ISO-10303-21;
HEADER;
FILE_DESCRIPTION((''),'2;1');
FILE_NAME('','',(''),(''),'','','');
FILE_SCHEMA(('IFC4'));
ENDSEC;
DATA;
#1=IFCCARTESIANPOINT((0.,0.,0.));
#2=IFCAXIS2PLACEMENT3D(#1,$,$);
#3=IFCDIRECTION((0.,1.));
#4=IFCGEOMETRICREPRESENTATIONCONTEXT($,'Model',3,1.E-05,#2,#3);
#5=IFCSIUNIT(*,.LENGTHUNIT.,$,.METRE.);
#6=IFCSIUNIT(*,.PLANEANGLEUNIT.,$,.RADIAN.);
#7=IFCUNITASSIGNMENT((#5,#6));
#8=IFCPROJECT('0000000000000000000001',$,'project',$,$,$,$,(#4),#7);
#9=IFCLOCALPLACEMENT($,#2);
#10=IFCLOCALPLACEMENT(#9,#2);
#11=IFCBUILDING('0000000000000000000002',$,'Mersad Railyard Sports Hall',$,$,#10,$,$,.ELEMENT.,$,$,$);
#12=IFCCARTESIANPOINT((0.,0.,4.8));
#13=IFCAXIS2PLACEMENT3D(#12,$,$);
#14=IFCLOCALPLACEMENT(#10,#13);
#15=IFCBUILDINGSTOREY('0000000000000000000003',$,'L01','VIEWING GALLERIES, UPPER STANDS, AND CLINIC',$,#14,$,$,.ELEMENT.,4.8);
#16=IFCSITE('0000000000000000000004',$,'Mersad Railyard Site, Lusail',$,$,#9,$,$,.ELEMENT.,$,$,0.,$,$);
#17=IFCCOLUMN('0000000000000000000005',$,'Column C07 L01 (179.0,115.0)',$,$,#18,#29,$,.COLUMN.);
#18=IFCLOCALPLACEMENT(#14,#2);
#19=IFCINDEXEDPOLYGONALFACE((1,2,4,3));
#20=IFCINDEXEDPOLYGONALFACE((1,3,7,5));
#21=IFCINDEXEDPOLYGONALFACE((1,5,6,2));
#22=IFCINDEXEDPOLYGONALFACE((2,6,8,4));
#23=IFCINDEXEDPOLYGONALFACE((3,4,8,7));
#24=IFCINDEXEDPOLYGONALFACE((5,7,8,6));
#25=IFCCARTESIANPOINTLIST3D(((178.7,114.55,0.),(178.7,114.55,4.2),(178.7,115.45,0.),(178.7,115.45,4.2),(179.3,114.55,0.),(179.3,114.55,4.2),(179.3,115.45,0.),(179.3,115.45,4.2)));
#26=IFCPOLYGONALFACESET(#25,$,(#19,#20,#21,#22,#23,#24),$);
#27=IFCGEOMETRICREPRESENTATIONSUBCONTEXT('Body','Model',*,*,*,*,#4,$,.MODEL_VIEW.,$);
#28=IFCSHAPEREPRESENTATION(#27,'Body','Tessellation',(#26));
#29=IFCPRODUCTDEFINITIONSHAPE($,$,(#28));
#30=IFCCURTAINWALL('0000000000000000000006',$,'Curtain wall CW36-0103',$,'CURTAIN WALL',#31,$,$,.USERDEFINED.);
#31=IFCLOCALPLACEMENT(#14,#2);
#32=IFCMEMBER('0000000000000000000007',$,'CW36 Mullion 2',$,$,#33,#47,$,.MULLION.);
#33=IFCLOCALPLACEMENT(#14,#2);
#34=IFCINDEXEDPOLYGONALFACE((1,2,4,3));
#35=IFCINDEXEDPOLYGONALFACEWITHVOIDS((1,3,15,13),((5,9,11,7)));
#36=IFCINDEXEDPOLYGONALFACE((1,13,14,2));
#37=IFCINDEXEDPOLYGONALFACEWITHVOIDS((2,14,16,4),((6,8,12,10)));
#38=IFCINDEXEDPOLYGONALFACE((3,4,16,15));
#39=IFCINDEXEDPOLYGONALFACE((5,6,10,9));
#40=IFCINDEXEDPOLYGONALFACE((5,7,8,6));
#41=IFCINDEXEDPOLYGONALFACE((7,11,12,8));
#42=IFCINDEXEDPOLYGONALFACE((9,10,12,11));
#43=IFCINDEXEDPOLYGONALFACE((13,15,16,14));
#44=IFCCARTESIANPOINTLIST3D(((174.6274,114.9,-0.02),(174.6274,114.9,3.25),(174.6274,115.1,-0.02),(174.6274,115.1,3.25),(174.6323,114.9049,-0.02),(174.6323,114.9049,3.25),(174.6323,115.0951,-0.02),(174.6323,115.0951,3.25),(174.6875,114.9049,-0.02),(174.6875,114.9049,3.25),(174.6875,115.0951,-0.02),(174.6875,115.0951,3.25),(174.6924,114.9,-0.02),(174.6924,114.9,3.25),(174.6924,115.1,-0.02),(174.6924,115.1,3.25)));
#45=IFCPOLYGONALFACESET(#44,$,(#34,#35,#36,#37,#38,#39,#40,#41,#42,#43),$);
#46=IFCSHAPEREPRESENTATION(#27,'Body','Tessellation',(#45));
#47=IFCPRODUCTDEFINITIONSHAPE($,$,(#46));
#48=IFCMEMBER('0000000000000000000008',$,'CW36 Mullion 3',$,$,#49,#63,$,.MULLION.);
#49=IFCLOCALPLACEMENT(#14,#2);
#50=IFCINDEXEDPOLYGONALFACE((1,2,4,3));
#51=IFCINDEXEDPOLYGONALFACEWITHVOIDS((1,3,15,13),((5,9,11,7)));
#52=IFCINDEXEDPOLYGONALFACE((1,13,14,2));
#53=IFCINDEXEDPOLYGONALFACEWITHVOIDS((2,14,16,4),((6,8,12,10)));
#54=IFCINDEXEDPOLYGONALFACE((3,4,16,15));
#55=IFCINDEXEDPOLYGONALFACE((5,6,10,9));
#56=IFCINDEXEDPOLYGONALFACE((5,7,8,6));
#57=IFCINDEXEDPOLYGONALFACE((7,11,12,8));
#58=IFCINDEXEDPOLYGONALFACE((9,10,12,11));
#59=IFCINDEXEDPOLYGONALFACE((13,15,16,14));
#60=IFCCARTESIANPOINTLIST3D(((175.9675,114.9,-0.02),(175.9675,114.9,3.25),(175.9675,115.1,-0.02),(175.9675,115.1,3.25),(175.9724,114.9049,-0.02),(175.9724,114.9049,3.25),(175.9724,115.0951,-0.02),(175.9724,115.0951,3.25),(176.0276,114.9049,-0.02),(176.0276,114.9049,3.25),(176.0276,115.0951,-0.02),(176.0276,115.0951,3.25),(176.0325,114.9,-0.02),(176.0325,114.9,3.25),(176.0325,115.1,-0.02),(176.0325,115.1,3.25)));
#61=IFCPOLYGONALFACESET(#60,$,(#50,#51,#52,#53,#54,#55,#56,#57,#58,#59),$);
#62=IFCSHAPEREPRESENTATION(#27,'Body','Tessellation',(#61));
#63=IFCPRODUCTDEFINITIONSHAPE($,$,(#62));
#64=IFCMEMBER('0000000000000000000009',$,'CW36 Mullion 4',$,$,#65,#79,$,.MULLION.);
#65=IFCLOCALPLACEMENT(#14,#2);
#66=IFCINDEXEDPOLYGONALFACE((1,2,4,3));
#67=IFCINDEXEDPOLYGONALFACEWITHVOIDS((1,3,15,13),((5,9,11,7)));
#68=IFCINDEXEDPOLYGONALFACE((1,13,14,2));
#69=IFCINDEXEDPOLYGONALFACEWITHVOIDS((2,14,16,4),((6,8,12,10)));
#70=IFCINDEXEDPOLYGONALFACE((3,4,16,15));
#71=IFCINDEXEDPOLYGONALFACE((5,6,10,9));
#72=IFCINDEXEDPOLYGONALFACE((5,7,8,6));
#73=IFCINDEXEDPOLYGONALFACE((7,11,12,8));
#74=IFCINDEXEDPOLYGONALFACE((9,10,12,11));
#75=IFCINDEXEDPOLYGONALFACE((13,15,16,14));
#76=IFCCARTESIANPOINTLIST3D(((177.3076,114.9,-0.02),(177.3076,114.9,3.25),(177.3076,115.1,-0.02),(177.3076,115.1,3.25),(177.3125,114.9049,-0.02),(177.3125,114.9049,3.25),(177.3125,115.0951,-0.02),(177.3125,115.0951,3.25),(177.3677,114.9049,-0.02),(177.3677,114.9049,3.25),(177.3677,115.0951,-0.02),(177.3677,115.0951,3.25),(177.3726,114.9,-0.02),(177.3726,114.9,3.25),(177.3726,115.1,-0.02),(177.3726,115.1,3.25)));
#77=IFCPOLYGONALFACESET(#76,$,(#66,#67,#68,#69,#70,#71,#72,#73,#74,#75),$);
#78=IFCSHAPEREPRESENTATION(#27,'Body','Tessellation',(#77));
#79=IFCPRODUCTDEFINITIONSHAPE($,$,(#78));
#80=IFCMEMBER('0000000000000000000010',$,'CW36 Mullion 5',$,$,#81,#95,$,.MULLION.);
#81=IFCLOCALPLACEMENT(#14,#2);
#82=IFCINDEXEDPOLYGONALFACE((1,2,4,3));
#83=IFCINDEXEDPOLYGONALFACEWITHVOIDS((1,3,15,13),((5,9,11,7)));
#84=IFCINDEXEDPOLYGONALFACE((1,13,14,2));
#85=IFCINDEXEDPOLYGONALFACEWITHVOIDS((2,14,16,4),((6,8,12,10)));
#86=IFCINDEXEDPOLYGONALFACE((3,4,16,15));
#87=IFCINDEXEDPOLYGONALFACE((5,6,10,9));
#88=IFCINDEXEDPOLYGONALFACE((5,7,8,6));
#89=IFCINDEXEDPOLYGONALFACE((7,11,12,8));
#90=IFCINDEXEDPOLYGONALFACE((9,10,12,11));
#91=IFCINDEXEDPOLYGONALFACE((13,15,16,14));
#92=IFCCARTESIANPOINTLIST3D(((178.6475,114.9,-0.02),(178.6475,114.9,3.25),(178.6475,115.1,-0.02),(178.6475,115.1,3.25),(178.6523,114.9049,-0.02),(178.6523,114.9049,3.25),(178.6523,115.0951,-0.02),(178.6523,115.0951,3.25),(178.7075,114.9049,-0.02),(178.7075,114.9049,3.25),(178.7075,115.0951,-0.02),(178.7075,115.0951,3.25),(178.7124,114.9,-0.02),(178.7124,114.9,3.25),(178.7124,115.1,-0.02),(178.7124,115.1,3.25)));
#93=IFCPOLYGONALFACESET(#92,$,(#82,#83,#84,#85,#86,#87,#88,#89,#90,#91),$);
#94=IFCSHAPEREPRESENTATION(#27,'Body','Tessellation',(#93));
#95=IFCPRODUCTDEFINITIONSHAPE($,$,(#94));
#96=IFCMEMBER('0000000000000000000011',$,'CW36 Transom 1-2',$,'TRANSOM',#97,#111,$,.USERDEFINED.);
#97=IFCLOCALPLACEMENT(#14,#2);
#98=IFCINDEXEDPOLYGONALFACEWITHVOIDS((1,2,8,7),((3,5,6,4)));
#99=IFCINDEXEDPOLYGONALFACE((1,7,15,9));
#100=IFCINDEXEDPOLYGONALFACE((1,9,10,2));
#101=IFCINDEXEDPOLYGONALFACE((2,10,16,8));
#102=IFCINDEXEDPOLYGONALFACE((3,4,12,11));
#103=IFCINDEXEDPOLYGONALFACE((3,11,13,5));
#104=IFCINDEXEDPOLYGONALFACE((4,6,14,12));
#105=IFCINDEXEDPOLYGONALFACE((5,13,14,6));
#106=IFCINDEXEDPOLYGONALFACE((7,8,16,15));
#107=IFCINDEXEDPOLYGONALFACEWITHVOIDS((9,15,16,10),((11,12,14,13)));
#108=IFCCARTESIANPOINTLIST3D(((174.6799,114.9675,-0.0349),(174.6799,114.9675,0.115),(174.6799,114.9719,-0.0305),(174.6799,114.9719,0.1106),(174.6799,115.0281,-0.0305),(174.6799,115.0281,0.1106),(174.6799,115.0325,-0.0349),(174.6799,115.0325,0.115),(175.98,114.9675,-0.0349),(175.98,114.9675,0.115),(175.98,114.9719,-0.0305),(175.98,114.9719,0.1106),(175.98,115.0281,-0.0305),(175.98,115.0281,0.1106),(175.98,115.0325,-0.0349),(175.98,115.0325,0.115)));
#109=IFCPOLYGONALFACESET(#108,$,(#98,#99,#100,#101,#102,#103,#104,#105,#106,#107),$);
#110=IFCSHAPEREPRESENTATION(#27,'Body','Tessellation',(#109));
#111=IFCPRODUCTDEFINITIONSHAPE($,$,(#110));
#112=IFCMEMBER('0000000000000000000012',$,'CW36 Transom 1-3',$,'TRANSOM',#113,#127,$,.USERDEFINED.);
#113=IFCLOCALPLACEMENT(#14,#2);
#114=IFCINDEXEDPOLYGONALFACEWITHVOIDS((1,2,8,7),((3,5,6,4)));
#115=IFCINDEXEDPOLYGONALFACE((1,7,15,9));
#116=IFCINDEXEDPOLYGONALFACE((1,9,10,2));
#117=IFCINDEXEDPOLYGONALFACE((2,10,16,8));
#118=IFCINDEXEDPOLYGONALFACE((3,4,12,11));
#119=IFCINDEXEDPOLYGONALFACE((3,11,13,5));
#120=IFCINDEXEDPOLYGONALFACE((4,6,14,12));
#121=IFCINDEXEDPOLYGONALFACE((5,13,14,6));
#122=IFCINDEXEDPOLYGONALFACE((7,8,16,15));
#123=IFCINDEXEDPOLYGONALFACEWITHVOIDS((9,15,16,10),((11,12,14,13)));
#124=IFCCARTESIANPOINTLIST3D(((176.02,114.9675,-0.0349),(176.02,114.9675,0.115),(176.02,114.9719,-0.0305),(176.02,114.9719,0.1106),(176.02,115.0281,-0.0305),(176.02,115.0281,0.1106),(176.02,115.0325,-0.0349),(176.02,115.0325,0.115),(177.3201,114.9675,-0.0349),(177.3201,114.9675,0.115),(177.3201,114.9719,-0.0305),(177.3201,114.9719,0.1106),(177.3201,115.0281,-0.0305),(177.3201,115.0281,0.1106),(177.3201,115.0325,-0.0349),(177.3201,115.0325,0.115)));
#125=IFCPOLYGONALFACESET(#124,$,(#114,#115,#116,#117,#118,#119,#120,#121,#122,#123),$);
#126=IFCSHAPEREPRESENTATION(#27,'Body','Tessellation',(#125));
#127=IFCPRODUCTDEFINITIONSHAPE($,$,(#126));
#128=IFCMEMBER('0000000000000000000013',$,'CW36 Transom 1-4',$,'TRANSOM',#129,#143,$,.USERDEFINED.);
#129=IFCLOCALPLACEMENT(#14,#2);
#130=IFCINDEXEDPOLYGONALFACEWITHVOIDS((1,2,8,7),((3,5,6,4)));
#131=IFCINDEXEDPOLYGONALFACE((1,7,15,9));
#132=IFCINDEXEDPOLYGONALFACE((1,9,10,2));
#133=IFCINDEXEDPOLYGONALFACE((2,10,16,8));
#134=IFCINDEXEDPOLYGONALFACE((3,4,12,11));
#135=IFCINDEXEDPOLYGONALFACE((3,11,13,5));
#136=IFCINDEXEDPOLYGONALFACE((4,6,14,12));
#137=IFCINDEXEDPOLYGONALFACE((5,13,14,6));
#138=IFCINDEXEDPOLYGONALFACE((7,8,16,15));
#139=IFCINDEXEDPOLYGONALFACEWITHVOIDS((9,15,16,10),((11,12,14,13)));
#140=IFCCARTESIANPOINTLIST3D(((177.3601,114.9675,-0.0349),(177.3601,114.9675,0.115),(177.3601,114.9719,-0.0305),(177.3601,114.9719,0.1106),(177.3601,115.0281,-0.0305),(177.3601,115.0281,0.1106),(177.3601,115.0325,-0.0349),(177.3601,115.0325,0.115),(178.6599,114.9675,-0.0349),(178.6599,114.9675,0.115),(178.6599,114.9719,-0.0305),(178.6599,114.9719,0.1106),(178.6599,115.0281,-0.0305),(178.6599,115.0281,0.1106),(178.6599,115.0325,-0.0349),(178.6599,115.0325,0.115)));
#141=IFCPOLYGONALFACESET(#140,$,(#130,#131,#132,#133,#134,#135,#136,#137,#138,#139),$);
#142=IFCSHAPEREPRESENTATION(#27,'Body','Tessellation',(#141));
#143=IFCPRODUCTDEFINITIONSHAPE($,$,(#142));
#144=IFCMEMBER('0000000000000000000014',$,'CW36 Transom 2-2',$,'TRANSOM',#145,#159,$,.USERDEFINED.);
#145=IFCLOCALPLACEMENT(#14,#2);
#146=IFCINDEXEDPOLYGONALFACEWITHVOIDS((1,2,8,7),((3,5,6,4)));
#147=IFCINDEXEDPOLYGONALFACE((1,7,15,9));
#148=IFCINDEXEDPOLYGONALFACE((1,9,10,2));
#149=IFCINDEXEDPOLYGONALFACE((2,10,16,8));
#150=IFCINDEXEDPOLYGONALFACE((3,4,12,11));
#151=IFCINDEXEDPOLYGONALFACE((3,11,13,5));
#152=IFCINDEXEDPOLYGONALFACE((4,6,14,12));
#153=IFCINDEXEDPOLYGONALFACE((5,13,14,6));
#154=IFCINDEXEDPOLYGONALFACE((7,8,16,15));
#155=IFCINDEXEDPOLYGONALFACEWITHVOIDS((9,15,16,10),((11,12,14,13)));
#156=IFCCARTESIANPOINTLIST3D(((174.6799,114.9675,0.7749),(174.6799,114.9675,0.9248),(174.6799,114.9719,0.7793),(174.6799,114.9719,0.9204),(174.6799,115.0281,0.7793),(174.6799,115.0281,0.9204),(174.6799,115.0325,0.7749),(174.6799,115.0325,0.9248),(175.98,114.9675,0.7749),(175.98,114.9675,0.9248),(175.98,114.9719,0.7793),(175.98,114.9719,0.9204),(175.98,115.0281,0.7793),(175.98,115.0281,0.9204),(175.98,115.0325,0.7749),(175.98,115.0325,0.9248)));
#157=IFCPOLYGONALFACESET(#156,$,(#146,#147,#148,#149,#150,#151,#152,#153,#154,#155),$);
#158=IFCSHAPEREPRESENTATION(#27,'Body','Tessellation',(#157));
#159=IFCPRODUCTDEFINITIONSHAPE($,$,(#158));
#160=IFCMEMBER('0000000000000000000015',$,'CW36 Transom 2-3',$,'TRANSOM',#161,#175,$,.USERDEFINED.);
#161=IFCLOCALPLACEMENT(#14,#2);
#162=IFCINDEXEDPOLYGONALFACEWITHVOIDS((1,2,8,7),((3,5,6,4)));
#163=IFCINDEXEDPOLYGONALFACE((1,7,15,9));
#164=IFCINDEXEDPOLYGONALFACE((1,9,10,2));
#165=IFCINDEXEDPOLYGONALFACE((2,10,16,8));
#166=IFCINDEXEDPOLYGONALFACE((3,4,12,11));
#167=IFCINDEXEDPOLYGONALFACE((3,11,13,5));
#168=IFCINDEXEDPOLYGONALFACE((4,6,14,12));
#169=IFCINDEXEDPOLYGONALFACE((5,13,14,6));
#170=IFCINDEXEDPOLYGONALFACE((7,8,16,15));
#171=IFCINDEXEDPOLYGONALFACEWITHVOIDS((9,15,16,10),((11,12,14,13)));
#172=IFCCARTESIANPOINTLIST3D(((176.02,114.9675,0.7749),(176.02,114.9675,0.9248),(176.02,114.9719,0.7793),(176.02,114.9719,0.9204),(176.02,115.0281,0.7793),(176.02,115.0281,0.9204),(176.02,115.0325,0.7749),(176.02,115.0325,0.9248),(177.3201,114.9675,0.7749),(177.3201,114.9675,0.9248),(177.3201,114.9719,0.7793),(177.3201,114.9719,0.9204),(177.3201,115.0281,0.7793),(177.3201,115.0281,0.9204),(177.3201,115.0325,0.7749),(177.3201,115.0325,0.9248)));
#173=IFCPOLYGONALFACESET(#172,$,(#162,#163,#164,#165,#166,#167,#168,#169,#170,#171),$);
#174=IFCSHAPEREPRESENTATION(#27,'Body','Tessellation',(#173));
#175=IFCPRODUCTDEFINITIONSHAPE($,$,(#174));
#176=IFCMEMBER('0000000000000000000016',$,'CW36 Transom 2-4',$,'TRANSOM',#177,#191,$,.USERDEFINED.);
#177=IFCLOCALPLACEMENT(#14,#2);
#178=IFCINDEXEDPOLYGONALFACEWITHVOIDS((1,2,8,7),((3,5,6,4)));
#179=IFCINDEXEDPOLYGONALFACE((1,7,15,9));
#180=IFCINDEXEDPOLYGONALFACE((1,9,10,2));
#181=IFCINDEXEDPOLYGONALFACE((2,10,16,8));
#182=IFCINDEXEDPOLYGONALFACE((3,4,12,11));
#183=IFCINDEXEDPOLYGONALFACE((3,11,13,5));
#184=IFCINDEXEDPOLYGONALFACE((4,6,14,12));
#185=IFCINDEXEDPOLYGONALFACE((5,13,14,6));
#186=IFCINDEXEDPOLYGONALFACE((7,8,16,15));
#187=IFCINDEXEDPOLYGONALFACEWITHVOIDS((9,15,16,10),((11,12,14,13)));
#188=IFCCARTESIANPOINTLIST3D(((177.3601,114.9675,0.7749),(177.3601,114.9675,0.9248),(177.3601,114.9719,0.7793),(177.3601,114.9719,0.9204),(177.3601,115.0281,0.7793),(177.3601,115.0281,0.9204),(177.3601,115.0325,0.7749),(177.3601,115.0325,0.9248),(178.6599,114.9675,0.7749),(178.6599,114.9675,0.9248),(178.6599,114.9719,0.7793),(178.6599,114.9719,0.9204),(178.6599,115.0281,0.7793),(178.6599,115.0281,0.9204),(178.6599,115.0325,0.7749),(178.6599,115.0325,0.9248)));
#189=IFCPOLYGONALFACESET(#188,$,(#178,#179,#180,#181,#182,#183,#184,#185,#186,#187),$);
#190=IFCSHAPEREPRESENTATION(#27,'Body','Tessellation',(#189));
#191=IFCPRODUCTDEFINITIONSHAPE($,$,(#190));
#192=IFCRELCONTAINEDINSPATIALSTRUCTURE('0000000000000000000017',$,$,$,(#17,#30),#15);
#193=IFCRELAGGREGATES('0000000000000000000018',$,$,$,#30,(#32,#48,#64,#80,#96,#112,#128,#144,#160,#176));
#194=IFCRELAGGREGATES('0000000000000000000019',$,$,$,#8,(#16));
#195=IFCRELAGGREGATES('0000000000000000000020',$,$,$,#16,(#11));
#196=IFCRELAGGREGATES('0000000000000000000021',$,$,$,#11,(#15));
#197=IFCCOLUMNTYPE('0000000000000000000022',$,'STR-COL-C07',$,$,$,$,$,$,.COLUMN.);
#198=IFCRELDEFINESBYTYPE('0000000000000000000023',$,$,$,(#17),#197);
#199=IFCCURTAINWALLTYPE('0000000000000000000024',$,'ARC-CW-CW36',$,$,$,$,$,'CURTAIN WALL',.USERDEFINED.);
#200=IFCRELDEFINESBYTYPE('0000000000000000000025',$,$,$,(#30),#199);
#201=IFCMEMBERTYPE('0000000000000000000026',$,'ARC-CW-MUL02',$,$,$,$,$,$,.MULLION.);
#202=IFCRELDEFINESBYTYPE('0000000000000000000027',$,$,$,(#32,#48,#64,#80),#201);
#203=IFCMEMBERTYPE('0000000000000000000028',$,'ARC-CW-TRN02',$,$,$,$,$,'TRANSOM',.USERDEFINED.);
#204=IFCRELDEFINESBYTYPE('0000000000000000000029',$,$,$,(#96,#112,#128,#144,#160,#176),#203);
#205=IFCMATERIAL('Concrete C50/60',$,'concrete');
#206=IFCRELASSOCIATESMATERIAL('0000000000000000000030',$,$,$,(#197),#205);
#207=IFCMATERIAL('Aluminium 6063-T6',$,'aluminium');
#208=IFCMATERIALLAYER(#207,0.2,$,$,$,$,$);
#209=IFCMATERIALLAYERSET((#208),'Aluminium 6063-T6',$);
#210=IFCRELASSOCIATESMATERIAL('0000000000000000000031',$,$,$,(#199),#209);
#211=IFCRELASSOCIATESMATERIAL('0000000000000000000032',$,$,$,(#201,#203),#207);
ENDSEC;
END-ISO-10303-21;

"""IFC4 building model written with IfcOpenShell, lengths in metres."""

from ifc_helpers import new_model, si_unit, direction, frame, origin, origin_2d, place, context, subcontext, project, spatial, rectangle, hollow_rectangle, extrude, material, layer, layer_set, material_profile, profile_set, type_object, element, aggregate, save


model = new_model("IFC4")

# Units and contexts
model_context = context("Model", 3, precision=1e-05, world=origin(), true_north=direction((0.0, 1.0)))
body_context = subcontext(model_context, "Body", "Model", "MODEL_VIEW")
ifc_project = project(units=[si_unit("LENGTHUNIT", "METRE"), si_unit("PLANEANGLEUNIT", "RADIAN")], contexts=[model_context])

# Site, building, storey
site_placement = place(None, origin())
site = spatial("IfcSite", under=ifc_project, at=site_placement, Name="Mersad Railyard Site, Lusail", CompositionType="ELEMENT", RefElevation=0.0)
building_placement = place(site_placement, origin())
building = spatial("IfcBuilding", under=site, at=building_placement, Name="Mersad Railyard Sports Hall", CompositionType="ELEMENT")
storey_placement = place(building_placement, frame((0.0, 0.0, 4.8)))
storey = spatial("IfcBuildingStorey", under=building, at=storey_placement, Name="L01", Description="VIEWING GALLERIES, UPPER STANDS, AND CLINIC", CompositionType="ELEMENT", Elevation=4.8)

# Column
ifc_material_1 = material(Name="Concrete C50/60", Category="concrete")
ifc_material_profile_1 = material_profile(ifc_material_1, rectangle(XDim=0.6001, YDim=0.8999, at=origin_2d()), Name="RC 600x900")
ifc_profile_set_1 = profile_set([ifc_material_profile_1], Name="Concrete C50/60")
column_type = type_object("IfcColumnType", Name="STR-COL-C07", PredefinedType="COLUMN", material=ifc_profile_set_1)
column_placement = place(storey_placement, frame((179.0, 115.0, 0.0), z_axis=(0.0, 0.0, 1.0), x_axis=(1.0, 0.0, 0.0)))
element("IfcColumn", 1, at=column_placement, inside=storey, type_object=column_type, Name="Column C07 L01 (179.0,115.0)", PredefinedType="COLUMN", context=body_context, shape_type="SweptSolid", body=[
    extrude(rectangle(XDim=0.6001, YDim=0.8999, at=origin_2d()), origin(), (0.0, 0.0, 1.0), 4.2),
])

# Curtain wall, members
ifc_material_2 = material(Name="Aluminium 6063-T6", Category="aluminium")
ifc_layer_1 = layer(ifc_material_2, 0.2)
ifc_layer_set_1 = layer_set([ifc_layer_1], Name="Aluminium 6063-T6")
curtain_wall_type = type_object("IfcCurtainWallType", Name="ARC-CW-CW36", ElementType="CURTAIN WALL", PredefinedType="USERDEFINED", material=ifc_layer_set_1)
curtain_wall_placement = place(storey_placement, origin())
curtain_wall = element("IfcCurtainWall", 2, at=curtain_wall_placement, inside=storey, type_object=curtain_wall_type, Name="Curtain wall CW36-0103", ObjectType="CURTAIN WALL", PredefinedType="USERDEFINED")
ifc_material_profile_2 = material_profile(ifc_material_2, hollow_rectangle(XDim=0.0649, YDim=0.2, WallThickness=0.0049, at=origin_2d()), Name="AL MULLION 65x200x5")
ifc_profile_set_2 = profile_set([ifc_material_profile_2], Name="Aluminium 6063-T6")
member_type_1 = type_object("IfcMemberType", Name="ARC-CW-MUL02", PredefinedType="MULLION", material=ifc_profile_set_2)
member_1_placement = place(storey_placement, frame((174.6599, 115.0, -0.02), z_axis=(0.0, 0.0, 1.0), x_axis=(1.0, 0.0, 0.0)))
member_1 = element("IfcMember", 3, at=member_1_placement, type_object=member_type_1, Name="CW36 Mullion 2", PredefinedType="MULLION", context=body_context, shape_type="SweptSolid", body=[
    extrude(hollow_rectangle(XDim=0.0649, YDim=0.2, WallThickness=0.0049, at=origin_2d()), origin(), (0.0, 0.0, 1.0), 3.27),
])
member_2_placement = place(storey_placement, frame((176.0, 115.0, -0.02), z_axis=(0.0, 0.0, 1.0), x_axis=(1.0, 0.0, 0.0)))
member_2 = element("IfcMember", 4, at=member_2_placement, type_object=member_type_1, Name="CW36 Mullion 3", PredefinedType="MULLION", context=body_context, shape_type="SweptSolid", body=[
    extrude(hollow_rectangle(XDim=0.0649, YDim=0.2, WallThickness=0.0049, at=origin_2d()), origin(), (0.0, 0.0, 1.0), 3.27),
])
member_3_placement = place(storey_placement, frame((177.3401, 115.0, -0.02), z_axis=(0.0, 0.0, 1.0), x_axis=(1.0, 0.0, 0.0)))
member_3 = element("IfcMember", 5, at=member_3_placement, type_object=member_type_1, Name="CW36 Mullion 4", PredefinedType="MULLION", context=body_context, shape_type="SweptSolid", body=[
    extrude(hollow_rectangle(XDim=0.0649, YDim=0.2, WallThickness=0.0049, at=origin_2d()), origin(), (0.0, 0.0, 1.0), 3.27),
])
member_4_placement = place(storey_placement, frame((178.6799, 115.0, -0.02), z_axis=(0.0, 0.0, 1.0), x_axis=(1.0, 0.0, 0.0)))
member_4 = element("IfcMember", 6, at=member_4_placement, type_object=member_type_1, Name="CW36 Mullion 5", PredefinedType="MULLION", context=body_context, shape_type="SweptSolid", body=[
    extrude(hollow_rectangle(XDim=0.0649, YDim=0.2, WallThickness=0.0049, at=origin_2d()), origin(), (0.0, 0.0, 1.0), 3.27),
])
ifc_material_profile_3 = material_profile(ifc_material_2, hollow_rectangle(XDim=0.0649, YDim=0.1499, WallThickness=0.0044, at=origin_2d()), Name="AL TRANSOM 65x150x4.5")
ifc_profile_set_3 = profile_set([ifc_material_profile_3], Name="Aluminium 6063-T6")
member_type_2 = type_object("IfcMemberType", Name="ARC-CW-TRN02", ElementType="TRANSOM", PredefinedType="USERDEFINED", material=ifc_profile_set_3)
member_5_placement = place(storey_placement, frame((174.6799, 115.0, 0.04), z_axis=(1.0, 0.0, 0.0), x_axis=(0.0, 1.0, 0.0)))
member_5 = element("IfcMember", 7, at=member_5_placement, type_object=member_type_2, Name="CW36 Transom 1-2", ObjectType="TRANSOM", PredefinedType="USERDEFINED", context=body_context, shape_type="SweptSolid", body=[
    extrude(hollow_rectangle(XDim=0.0649, YDim=0.1499, WallThickness=0.0044, at=origin_2d()), origin(), (0.0, 0.0, 1.0), 1.3),
])
member_6_placement = place(storey_placement, frame((176.02, 115.0, 0.04), z_axis=(1.0, 0.0, 0.0), x_axis=(0.0, 1.0, 0.0)))
member_6 = element("IfcMember", 8, at=member_6_placement, type_object=member_type_2, Name="CW36 Transom 1-3", ObjectType="TRANSOM", PredefinedType="USERDEFINED", context=body_context, shape_type="SweptSolid", body=[
    extrude(hollow_rectangle(XDim=0.0649, YDim=0.1499, WallThickness=0.0044, at=origin_2d()), origin(), (0.0, 0.0, 1.0), 1.3),
])
member_7_placement = place(storey_placement, frame((177.3601, 115.0, 0.04), z_axis=(1.0, 0.0, 0.0), x_axis=(0.0, 1.0, 0.0)))
member_7 = element("IfcMember", 9, at=member_7_placement, type_object=member_type_2, Name="CW36 Transom 1-4", ObjectType="TRANSOM", PredefinedType="USERDEFINED", context=body_context, shape_type="SweptSolid", body=[
    extrude(hollow_rectangle(XDim=0.0649, YDim=0.1499, WallThickness=0.0044, at=origin_2d()), origin(), (0.0, 0.0, 1.0), 1.2998),
])
member_8_placement = place(storey_placement, frame((174.6799, 115.0, 0.8499), z_axis=(1.0, 0.0, 0.0), x_axis=(0.0, 1.0, 0.0)))
member_8 = element("IfcMember", 10, at=member_8_placement, type_object=member_type_2, Name="CW36 Transom 2-2", ObjectType="TRANSOM", PredefinedType="USERDEFINED", context=body_context, shape_type="SweptSolid", body=[
    extrude(hollow_rectangle(XDim=0.0649, YDim=0.1499, WallThickness=0.0044, at=origin_2d()), origin(), (0.0, 0.0, 1.0), 1.3),
])
member_9_placement = place(storey_placement, frame((176.02, 115.0, 0.8499), z_axis=(1.0, 0.0, 0.0), x_axis=(0.0, 1.0, 0.0)))
member_9 = element("IfcMember", 11, at=member_9_placement, type_object=member_type_2, Name="CW36 Transom 2-3", ObjectType="TRANSOM", PredefinedType="USERDEFINED", context=body_context, shape_type="SweptSolid", body=[
    extrude(hollow_rectangle(XDim=0.0649, YDim=0.1499, WallThickness=0.0044, at=origin_2d()), origin(), (0.0, 0.0, 1.0), 1.3),
])
member_10_placement = place(storey_placement, frame((177.3601, 115.0, 0.8499), z_axis=(1.0, 0.0, 0.0), x_axis=(0.0, 1.0, 0.0)))
member_10 = element("IfcMember", 12, at=member_10_placement, type_object=member_type_2, Name="CW36 Transom 2-4", ObjectType="TRANSOM", PredefinedType="USERDEFINED", context=body_context, shape_type="SweptSolid", body=[
    extrude(hollow_rectangle(XDim=0.0649, YDim=0.1499, WallThickness=0.0044, at=origin_2d()), origin(), (0.0, 0.0, 1.0), 1.2998),
])
aggregate(curtain_wall, [member_1, member_2, member_3, member_4, member_5, member_6, member_7, member_8, member_9, member_10])

save(model, "model.ifc")
